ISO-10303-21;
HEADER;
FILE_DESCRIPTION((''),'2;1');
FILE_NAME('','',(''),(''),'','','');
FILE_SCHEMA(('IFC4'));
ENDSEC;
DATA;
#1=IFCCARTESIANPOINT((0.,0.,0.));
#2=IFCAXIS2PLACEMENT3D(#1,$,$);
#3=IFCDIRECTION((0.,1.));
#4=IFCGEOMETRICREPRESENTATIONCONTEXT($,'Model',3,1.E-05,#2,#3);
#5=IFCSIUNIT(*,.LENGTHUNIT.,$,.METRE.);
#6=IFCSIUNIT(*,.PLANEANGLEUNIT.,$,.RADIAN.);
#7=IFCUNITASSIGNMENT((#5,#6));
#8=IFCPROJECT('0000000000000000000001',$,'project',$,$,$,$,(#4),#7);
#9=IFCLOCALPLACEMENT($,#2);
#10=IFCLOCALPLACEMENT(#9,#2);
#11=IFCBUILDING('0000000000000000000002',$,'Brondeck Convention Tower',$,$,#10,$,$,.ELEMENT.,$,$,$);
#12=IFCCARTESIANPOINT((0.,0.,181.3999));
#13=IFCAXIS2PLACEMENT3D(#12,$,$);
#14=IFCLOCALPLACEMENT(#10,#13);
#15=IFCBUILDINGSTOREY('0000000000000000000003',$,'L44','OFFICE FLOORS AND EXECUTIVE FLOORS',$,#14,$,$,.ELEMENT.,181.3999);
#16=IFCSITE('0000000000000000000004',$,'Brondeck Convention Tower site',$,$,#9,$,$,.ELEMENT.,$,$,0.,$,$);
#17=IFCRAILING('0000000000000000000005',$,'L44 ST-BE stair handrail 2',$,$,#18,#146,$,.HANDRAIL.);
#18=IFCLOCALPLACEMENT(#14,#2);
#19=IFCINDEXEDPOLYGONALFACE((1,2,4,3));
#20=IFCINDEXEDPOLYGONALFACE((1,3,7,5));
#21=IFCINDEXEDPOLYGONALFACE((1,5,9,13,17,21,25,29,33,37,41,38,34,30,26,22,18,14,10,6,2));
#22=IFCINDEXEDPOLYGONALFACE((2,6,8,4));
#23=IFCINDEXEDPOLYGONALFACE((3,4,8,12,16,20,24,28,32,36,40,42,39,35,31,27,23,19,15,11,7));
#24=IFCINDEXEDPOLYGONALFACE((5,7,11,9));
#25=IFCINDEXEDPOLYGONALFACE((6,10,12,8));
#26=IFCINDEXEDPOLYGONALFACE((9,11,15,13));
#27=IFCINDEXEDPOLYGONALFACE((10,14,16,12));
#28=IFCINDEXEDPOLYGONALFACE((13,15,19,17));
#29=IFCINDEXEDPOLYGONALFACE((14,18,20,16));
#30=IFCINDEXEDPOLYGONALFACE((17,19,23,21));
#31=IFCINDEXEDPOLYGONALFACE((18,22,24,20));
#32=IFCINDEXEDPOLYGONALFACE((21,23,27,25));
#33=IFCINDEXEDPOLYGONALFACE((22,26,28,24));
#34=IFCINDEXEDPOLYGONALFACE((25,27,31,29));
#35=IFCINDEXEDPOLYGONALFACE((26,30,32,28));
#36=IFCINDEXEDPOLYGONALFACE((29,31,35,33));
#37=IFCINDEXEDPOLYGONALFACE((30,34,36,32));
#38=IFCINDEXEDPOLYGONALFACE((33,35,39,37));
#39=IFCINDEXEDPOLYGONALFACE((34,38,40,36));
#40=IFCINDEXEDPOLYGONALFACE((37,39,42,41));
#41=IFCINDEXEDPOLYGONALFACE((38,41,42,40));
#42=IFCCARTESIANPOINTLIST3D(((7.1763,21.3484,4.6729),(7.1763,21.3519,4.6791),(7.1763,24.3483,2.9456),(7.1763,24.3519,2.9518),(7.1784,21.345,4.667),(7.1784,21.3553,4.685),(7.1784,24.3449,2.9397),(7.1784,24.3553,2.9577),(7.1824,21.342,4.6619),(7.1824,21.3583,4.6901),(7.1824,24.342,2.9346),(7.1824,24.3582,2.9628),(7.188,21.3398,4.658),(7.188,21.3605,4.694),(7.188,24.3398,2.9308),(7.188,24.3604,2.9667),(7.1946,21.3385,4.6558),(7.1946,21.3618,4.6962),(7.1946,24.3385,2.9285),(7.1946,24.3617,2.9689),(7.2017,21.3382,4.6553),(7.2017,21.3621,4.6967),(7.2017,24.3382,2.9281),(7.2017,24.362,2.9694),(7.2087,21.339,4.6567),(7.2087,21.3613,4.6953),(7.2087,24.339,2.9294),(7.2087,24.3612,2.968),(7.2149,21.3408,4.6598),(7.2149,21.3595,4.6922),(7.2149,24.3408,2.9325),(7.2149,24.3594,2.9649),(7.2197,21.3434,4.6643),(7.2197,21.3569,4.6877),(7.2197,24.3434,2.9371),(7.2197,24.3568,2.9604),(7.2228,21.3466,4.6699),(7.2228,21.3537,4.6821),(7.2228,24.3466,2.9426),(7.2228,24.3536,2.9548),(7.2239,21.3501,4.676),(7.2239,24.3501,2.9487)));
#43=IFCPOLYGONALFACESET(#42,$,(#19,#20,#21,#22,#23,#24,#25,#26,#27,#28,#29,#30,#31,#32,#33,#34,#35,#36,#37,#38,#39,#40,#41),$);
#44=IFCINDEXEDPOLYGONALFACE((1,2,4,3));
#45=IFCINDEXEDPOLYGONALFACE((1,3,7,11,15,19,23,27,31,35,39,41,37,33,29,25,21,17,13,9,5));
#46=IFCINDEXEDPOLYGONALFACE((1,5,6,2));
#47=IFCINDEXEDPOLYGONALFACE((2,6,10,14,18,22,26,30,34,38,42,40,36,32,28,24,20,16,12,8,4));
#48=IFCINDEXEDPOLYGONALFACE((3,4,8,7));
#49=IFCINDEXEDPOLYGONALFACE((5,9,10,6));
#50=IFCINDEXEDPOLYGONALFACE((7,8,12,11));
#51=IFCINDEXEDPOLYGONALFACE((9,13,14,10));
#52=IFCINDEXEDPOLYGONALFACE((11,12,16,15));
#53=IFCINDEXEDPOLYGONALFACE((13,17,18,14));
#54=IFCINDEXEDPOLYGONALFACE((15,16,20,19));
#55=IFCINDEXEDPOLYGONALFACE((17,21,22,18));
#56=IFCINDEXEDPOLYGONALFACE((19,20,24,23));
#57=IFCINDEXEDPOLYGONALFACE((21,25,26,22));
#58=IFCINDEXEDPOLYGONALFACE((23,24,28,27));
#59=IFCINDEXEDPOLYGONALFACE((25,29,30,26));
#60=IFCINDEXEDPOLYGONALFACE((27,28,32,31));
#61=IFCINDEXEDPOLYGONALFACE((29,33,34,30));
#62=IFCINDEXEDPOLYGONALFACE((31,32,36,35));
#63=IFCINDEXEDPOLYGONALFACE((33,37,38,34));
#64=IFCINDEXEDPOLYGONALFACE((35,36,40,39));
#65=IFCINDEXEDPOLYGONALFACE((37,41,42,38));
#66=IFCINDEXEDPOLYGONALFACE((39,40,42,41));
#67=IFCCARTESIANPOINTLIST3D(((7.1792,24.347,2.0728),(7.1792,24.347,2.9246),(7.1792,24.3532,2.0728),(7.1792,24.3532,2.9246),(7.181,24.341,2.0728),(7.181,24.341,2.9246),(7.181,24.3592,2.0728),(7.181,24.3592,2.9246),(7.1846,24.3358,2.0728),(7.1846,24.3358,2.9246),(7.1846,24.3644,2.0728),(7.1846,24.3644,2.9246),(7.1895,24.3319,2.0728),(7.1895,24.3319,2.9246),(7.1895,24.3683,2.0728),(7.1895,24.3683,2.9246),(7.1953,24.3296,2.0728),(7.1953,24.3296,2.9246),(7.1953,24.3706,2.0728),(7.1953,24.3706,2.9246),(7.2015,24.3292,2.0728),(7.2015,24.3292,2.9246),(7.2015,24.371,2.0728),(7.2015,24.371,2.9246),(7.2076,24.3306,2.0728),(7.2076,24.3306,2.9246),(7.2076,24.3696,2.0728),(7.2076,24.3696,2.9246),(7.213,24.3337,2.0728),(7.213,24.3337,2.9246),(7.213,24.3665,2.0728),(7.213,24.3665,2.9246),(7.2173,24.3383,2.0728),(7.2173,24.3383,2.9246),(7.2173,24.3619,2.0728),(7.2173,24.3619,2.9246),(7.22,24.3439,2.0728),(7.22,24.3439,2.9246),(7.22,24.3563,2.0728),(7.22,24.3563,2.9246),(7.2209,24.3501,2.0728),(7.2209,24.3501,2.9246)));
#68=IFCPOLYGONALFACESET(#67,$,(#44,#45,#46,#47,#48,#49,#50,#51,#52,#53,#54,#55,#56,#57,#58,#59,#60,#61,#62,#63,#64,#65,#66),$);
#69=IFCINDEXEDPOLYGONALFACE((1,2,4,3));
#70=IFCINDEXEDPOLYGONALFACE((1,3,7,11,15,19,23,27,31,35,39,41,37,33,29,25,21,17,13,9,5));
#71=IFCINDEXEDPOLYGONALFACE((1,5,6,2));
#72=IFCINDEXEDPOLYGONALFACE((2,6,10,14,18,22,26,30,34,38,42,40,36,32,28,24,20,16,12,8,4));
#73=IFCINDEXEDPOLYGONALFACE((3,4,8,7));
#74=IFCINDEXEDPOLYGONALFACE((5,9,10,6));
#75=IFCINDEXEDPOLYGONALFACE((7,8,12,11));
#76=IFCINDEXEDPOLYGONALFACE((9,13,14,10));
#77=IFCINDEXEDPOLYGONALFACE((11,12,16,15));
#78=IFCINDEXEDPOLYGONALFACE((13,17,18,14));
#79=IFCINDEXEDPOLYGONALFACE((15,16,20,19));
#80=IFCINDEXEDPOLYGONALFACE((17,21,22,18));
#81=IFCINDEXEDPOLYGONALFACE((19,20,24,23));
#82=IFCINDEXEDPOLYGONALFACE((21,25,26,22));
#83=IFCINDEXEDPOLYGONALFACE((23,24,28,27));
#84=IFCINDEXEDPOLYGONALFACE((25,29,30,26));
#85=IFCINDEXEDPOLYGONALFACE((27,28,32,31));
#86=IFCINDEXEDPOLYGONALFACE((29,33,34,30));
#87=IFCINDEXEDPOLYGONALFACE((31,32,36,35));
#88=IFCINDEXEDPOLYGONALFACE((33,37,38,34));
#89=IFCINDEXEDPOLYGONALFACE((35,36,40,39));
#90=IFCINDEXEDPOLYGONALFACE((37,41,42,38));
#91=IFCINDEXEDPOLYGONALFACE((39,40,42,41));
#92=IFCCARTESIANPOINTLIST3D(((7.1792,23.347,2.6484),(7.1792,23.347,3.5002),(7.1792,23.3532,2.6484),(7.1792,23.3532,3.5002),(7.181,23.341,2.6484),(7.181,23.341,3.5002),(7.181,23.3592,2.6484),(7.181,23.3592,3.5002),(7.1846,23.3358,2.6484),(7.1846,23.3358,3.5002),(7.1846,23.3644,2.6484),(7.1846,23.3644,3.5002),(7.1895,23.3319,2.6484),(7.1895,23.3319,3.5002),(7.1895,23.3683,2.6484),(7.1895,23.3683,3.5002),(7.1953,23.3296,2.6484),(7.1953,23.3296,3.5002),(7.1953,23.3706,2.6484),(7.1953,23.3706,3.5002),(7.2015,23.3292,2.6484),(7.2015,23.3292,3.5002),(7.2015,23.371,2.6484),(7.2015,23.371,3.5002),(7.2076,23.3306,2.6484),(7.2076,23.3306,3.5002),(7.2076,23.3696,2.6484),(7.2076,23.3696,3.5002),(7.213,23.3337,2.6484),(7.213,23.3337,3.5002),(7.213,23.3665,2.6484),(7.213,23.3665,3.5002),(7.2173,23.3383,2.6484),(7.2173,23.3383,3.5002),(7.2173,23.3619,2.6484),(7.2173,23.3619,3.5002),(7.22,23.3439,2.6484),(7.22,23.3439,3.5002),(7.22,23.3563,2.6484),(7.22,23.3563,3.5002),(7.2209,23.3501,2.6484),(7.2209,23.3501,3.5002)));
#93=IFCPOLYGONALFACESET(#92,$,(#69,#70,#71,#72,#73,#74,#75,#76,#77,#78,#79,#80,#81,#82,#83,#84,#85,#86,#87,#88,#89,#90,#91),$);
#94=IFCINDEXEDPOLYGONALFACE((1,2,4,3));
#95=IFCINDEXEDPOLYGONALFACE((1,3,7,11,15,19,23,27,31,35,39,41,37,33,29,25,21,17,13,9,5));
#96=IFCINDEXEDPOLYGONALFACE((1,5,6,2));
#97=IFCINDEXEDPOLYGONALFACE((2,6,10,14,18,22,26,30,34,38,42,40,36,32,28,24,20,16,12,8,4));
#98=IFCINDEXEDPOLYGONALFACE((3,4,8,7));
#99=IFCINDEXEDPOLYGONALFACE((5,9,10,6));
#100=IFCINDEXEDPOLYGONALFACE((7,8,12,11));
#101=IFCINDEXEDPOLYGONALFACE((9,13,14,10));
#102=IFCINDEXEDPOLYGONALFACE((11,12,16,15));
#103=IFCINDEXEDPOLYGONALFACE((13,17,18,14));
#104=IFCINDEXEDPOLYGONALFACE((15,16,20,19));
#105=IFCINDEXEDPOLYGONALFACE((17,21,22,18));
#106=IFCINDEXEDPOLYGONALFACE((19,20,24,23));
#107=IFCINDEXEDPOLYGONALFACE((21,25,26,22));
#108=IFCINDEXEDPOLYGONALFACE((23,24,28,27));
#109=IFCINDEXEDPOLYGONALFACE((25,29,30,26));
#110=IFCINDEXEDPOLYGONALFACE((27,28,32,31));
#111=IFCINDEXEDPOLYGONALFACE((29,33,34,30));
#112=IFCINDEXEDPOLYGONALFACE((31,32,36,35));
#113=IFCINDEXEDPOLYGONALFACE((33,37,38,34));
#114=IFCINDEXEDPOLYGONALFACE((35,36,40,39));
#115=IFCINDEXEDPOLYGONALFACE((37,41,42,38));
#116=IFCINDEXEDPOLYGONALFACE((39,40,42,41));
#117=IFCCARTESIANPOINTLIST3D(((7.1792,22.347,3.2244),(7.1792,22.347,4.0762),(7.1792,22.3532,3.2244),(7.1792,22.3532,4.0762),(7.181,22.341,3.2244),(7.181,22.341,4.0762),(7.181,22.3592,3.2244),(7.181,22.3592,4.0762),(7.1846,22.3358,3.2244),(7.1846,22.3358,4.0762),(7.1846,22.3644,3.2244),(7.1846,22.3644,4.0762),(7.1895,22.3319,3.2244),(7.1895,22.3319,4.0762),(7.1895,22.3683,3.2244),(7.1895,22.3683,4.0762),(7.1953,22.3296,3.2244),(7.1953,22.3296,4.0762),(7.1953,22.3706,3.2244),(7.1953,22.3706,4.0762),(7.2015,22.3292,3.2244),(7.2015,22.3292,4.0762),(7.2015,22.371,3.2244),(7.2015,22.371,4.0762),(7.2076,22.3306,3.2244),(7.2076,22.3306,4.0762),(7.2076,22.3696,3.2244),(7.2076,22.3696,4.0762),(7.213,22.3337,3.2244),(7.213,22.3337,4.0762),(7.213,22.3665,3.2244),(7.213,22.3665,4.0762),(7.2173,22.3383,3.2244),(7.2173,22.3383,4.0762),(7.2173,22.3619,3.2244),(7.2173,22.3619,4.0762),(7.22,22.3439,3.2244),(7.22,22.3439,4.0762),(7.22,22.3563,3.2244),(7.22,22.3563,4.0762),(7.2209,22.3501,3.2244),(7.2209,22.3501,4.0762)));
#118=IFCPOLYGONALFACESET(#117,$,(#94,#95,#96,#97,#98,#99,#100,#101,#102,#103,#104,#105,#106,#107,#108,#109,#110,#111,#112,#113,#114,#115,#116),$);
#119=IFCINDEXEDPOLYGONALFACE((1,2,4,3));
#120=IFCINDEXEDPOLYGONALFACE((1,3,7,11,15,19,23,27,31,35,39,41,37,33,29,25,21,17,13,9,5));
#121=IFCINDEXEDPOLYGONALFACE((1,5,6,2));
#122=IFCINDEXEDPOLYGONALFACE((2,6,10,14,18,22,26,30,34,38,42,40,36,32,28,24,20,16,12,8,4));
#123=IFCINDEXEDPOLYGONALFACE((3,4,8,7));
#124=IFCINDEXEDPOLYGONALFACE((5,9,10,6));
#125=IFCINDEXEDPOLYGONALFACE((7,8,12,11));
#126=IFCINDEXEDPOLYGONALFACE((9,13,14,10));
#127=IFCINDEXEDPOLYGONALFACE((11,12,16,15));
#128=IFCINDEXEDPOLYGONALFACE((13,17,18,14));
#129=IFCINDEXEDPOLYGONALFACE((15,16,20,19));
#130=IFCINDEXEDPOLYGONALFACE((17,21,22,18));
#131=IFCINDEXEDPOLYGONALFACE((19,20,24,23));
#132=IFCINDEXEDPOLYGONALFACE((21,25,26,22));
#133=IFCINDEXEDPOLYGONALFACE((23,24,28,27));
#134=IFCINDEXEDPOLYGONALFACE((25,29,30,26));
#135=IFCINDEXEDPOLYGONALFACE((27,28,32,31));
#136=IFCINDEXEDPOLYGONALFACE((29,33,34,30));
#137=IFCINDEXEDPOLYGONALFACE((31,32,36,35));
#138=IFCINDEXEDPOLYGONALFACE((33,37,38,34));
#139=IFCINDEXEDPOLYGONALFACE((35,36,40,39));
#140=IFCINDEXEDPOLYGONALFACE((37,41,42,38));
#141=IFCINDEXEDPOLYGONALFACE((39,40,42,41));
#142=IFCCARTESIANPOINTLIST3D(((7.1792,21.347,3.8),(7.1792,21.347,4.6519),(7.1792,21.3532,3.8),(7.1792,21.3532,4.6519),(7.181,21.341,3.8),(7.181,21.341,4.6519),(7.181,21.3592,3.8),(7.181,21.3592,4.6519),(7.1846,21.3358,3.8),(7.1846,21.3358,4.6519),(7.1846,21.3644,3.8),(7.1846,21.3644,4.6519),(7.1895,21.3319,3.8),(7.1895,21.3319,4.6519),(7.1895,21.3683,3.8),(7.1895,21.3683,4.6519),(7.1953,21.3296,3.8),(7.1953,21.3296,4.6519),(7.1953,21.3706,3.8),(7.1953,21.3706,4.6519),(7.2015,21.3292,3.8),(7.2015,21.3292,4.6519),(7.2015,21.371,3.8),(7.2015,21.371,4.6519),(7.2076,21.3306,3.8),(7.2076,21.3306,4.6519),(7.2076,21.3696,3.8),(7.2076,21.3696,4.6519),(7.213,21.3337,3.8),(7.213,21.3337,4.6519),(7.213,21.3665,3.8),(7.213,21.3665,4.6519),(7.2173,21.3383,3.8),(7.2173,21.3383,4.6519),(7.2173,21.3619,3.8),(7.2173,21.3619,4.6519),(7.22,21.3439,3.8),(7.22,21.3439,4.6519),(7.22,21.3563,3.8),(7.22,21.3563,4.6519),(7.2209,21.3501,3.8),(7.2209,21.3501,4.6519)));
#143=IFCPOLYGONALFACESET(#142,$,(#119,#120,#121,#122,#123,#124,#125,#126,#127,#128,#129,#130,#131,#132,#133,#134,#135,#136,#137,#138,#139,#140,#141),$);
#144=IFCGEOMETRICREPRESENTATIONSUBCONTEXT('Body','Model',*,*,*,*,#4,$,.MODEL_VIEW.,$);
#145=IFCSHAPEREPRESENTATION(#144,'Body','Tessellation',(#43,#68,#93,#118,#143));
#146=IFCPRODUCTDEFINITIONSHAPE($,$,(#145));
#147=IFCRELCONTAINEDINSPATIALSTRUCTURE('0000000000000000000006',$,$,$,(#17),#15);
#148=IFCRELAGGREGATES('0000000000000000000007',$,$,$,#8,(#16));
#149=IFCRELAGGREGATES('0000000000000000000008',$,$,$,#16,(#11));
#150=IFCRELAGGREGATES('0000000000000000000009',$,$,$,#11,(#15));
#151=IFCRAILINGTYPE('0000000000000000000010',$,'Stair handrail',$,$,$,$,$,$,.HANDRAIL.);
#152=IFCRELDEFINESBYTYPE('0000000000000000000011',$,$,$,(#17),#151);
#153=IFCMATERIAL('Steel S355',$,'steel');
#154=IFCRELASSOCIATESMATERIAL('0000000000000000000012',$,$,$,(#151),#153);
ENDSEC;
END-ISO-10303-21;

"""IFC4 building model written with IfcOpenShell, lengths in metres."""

from ifc_helpers import new_model, si_unit, direction, frame, origin, origin_2d, place, context, subcontext, project, spatial, circle, extrude, material, type_object, element, save


model = new_model("IFC4")

# Units and contexts
model_context = context("Model", 3, precision=1e-05, world=origin(), true_north=direction((0.0, 1.0)))
body_context = subcontext(model_context, "Body", "Model", "MODEL_VIEW")
ifc_project = project(units=[si_unit("LENGTHUNIT", "METRE"), si_unit("PLANEANGLEUNIT", "RADIAN")], contexts=[model_context])

# Site, building, storey
site_placement = place(None, origin())
site = spatial("IfcSite", under=ifc_project, at=site_placement, Name="Brondeck Convention Tower site", CompositionType="ELEMENT", RefElevation=0.0)
building_placement = place(site_placement, origin())
building = spatial("IfcBuilding", under=site, at=building_placement, Name="Brondeck Convention Tower", CompositionType="ELEMENT")
storey_placement = place(building_placement, frame((0.0, 0.0, 181.3999)))
storey = spatial("IfcBuildingStorey", under=building, at=storey_placement, Name="L44", Description="OFFICE FLOORS AND EXECUTIVE FLOORS", CompositionType="ELEMENT", Elevation=181.3999)

# Shared definitions
ifc_material_1 = material(Name="Steel S355", Category="steel")

# Railing
railing_type_1 = type_object("IfcRailingType", Name="Stair handrail", PredefinedType="HANDRAIL", material=ifc_material_1)
railing_1_placement = place(storey_placement, frame((7.2, 24.3501, 2.0728)))
element("IfcRailing", 1, at=railing_1_placement, inside=storey, type_object=railing_type_1, Name="L44 ST-BE stair handrail 2", PredefinedType="HANDRAIL", context=body_context, shape_type="SweptSolid", body=[
    extrude(circle(Radius=0.0239, at=origin_2d()), frame((0.0, 0.0, 0.876), z_axis=(0.0, -0.86662, 0.498969), x_axis=(1.0, 0.0, 0.0)), (0.0, 0.0, 1.0), 3.4617),
    extrude(circle(Radius=0.021, at=origin_2d()), origin(), (0.0, 0.0, 1.0), 0.8518),
    extrude(circle(Radius=0.021, at=origin_2d()), frame((0.0, -1.0, 0.5757)), (0.0, 0.0, 1.0), 0.8518),
    extrude(circle(Radius=0.021, at=origin_2d()), frame((0.0, -2.0, 1.1516)), (0.0, 0.0, 1.0), 0.8518),
    extrude(circle(Radius=0.021, at=origin_2d()), frame((0.0, -3.0, 1.7273)), (0.0, 0.0, 1.0), 0.8518),
])

save(model, "model.ifc")
